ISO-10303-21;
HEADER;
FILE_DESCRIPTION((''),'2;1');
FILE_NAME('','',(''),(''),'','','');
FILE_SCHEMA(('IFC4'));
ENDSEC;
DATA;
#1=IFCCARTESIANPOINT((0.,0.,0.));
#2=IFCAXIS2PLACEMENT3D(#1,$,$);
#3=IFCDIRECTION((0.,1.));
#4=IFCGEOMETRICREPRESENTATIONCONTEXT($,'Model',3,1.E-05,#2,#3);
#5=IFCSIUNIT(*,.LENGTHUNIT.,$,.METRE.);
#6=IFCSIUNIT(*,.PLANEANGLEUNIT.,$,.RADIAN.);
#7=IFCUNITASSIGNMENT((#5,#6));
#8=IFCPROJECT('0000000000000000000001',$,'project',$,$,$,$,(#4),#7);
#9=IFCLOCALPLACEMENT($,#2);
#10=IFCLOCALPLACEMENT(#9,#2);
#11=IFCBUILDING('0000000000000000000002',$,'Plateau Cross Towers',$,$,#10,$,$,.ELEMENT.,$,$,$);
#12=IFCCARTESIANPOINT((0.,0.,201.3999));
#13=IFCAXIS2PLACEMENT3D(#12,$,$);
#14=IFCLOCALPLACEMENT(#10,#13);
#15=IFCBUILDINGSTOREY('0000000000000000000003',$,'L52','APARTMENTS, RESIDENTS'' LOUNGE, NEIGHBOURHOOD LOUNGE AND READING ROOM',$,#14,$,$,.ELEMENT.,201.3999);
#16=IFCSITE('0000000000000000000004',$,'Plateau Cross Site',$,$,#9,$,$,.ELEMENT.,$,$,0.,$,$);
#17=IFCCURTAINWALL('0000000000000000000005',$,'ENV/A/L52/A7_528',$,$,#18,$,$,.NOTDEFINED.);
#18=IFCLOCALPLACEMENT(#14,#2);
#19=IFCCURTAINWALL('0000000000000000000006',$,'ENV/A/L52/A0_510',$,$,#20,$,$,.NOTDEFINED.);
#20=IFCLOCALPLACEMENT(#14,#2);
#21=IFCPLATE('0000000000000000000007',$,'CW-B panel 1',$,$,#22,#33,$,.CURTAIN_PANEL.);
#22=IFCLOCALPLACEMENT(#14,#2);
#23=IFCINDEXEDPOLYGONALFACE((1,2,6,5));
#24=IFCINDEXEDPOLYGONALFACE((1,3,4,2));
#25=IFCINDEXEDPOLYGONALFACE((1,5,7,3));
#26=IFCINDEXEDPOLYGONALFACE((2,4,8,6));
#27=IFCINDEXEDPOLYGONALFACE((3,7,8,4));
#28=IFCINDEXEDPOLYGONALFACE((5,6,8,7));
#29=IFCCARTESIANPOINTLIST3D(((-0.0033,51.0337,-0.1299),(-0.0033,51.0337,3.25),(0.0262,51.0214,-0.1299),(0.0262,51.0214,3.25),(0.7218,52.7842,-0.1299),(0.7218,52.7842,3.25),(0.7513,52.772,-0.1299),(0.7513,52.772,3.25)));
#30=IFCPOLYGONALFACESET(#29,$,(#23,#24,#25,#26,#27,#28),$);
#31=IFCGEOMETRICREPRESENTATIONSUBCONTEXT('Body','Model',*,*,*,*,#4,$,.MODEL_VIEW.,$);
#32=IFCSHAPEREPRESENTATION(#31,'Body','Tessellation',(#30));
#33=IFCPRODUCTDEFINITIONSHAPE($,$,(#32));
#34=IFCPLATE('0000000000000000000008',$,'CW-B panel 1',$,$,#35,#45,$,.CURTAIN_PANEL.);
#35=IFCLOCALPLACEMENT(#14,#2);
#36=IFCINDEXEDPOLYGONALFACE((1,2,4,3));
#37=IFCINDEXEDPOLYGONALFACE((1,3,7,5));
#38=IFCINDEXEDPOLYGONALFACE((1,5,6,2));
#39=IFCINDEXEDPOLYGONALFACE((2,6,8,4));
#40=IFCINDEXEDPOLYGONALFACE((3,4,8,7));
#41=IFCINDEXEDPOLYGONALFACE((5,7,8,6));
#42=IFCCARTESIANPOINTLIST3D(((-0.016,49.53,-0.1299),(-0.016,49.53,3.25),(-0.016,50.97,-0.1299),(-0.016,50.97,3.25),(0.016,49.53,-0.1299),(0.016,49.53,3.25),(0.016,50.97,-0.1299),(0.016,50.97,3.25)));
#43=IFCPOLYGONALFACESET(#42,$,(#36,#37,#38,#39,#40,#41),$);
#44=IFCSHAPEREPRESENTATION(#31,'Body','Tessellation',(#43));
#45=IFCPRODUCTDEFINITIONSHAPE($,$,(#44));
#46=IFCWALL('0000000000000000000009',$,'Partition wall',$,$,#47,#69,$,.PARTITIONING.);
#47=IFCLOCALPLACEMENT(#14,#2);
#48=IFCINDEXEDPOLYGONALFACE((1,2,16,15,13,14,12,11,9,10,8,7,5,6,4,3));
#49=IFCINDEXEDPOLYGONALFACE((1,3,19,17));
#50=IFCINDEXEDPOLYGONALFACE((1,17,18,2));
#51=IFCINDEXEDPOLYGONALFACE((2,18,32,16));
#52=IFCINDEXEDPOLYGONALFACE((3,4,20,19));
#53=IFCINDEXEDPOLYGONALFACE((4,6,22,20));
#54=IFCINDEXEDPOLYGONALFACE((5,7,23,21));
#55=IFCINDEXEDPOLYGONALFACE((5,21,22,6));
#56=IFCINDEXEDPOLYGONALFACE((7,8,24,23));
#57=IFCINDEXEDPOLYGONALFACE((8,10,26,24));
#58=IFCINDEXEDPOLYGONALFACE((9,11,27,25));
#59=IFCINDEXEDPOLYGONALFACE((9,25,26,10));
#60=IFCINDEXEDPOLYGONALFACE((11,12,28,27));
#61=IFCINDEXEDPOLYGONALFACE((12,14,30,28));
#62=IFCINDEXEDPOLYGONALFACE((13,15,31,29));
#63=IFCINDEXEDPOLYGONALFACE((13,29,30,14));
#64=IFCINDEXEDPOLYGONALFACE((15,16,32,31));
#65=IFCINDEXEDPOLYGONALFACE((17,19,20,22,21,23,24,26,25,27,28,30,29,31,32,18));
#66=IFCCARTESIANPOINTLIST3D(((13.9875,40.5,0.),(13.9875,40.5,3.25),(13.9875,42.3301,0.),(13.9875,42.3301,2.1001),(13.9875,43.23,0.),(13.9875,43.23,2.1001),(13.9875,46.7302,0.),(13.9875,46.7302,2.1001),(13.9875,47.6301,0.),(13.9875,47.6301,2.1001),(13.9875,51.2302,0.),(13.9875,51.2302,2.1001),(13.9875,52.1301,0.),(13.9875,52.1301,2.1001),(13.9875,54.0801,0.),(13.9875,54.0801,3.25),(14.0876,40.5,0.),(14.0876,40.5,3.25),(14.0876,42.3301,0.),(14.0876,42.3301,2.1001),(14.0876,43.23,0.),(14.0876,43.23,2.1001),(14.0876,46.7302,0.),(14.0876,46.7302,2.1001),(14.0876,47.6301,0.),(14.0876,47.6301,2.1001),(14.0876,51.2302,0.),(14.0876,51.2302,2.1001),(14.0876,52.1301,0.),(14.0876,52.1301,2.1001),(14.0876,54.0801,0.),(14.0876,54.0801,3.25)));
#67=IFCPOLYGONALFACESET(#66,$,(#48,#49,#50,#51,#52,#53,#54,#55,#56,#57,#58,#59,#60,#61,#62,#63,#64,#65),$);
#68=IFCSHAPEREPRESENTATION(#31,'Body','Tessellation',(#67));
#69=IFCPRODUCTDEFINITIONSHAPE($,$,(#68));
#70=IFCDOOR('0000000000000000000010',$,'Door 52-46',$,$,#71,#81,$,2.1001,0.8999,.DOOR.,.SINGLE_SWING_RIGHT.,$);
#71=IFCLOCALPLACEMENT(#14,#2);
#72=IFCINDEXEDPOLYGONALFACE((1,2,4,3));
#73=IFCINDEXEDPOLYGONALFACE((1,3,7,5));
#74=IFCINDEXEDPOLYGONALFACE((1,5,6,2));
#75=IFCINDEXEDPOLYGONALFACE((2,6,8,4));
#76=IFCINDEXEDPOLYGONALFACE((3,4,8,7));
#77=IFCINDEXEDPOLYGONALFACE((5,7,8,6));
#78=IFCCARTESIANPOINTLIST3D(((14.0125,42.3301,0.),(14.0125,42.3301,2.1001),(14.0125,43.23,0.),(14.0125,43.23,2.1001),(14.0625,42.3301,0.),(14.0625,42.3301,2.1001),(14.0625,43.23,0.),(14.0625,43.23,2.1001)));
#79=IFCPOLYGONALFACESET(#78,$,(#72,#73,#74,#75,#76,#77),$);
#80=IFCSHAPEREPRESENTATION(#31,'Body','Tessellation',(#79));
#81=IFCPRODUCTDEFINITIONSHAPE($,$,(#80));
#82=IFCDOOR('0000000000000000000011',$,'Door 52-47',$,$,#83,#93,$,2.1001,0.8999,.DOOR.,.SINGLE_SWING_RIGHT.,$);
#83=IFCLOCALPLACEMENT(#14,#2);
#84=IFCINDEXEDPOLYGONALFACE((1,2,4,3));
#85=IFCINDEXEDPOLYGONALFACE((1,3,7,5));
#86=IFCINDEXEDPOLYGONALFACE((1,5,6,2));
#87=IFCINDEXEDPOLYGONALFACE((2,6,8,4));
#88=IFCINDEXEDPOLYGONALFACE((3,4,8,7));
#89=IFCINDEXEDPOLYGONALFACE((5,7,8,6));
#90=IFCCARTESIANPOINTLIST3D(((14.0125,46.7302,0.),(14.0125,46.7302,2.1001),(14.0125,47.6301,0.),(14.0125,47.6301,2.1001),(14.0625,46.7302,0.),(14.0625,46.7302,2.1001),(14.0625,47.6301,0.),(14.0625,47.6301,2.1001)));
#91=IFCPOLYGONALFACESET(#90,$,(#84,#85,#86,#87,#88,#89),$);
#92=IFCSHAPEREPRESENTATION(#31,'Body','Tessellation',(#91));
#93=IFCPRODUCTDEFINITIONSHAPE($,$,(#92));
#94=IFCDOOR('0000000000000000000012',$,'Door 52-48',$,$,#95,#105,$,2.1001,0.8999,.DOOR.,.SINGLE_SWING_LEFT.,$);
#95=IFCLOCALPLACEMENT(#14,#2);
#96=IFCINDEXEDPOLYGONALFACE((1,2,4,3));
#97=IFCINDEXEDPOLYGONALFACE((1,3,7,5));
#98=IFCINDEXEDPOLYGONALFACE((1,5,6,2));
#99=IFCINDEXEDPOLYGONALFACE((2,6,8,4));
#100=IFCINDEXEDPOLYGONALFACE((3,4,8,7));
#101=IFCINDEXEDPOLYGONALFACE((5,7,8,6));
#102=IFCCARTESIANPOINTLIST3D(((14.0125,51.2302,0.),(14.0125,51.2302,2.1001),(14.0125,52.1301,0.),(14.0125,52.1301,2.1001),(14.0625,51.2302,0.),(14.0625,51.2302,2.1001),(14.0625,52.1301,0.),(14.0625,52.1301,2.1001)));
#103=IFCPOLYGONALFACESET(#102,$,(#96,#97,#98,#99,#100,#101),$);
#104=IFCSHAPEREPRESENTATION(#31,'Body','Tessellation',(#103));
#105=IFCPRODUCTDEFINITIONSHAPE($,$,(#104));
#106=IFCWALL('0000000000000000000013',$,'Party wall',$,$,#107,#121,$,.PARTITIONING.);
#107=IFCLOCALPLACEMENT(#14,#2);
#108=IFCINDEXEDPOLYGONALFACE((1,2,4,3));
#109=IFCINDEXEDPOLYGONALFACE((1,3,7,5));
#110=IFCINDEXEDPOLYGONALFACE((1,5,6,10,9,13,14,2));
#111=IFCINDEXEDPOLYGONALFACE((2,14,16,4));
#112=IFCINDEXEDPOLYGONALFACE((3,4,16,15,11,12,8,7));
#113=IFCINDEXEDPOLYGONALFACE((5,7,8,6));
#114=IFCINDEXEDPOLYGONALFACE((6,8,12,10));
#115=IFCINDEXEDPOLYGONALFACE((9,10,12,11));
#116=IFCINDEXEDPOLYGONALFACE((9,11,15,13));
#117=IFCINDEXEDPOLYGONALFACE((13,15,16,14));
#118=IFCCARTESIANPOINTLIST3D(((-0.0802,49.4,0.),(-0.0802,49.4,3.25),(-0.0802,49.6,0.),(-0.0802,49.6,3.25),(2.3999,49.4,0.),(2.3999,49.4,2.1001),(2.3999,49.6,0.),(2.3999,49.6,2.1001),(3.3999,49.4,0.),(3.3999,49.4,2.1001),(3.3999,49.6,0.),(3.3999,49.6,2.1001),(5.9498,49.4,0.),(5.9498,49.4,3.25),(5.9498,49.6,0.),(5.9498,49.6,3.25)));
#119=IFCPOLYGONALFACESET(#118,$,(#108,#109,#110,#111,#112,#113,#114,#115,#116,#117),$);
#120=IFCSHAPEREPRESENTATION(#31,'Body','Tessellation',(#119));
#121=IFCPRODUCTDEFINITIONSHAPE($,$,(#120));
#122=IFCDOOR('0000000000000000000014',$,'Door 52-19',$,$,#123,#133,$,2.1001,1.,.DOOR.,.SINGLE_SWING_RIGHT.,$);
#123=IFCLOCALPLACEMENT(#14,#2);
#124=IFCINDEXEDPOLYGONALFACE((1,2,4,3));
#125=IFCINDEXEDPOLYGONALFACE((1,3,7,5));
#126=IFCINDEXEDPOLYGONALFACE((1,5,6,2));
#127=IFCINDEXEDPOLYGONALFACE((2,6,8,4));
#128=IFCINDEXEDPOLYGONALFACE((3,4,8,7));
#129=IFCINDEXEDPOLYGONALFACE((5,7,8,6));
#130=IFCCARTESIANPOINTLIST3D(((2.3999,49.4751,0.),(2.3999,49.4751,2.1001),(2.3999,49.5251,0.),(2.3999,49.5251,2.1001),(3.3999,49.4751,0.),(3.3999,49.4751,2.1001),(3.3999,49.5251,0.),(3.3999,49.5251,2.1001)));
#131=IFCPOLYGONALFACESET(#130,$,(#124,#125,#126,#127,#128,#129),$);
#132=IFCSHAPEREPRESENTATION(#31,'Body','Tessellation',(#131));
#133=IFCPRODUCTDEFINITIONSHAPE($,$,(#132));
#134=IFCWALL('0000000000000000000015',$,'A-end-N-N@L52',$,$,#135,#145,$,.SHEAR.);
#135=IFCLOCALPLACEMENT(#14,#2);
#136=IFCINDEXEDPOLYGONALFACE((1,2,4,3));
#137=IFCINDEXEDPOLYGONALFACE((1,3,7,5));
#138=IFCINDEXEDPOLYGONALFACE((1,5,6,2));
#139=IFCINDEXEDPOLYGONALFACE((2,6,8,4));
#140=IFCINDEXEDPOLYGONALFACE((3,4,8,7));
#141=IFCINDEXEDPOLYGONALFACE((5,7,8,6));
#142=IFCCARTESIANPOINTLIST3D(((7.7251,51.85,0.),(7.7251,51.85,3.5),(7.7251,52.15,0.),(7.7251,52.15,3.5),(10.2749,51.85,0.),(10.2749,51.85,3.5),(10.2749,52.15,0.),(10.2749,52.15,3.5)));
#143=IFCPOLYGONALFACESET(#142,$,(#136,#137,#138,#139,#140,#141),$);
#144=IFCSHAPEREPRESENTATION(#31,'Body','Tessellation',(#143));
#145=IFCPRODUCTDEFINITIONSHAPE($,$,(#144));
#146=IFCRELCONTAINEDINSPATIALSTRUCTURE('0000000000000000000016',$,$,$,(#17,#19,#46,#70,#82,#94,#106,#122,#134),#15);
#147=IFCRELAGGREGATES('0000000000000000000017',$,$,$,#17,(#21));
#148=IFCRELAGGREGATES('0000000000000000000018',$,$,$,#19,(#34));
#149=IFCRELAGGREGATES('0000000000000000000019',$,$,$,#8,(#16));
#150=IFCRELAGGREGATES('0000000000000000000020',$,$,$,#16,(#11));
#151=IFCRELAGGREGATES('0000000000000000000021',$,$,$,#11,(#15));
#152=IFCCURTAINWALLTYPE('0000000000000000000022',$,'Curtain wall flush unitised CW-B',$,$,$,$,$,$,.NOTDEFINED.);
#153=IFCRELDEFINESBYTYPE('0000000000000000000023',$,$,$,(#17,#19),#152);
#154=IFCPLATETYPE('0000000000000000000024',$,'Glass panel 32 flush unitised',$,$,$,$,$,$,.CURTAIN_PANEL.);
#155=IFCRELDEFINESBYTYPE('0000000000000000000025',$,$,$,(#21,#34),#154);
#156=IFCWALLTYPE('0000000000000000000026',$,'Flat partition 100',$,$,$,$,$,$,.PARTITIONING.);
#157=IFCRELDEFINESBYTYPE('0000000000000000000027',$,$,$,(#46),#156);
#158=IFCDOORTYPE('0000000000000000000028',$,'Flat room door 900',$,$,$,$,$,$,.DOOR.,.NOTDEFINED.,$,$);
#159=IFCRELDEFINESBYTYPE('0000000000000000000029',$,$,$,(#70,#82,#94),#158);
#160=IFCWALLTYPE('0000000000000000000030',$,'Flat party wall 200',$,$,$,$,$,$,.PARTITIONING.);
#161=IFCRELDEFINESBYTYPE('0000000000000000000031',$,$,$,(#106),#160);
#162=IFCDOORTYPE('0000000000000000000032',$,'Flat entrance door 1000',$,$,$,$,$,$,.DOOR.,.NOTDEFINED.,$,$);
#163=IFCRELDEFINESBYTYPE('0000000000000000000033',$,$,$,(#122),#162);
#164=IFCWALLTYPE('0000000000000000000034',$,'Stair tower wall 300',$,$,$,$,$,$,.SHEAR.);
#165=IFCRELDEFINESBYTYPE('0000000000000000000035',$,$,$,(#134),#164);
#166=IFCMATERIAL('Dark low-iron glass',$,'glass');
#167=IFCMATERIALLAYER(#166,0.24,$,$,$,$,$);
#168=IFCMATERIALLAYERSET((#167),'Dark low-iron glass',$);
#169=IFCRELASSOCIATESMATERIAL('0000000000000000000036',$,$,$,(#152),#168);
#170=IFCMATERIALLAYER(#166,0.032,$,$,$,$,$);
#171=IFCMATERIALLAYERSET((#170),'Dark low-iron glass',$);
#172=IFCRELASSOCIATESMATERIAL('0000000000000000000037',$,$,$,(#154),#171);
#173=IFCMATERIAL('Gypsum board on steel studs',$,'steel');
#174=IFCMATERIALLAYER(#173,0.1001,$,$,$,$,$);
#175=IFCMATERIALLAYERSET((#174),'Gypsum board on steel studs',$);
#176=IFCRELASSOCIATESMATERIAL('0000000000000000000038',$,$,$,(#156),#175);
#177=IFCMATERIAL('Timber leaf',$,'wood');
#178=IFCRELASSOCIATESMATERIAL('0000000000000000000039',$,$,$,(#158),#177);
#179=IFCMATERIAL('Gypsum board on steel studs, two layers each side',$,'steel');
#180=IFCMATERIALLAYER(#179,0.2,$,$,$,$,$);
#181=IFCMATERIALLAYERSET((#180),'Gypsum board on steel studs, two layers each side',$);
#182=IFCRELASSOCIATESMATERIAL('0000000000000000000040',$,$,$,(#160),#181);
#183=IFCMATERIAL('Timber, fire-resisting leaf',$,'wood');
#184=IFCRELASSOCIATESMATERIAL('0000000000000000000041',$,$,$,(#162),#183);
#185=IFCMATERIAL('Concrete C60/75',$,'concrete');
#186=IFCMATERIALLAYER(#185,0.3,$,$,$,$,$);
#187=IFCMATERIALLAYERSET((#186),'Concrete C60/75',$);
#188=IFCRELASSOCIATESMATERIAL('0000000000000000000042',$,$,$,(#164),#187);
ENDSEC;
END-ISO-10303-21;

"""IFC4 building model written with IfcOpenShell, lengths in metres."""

from ifc_helpers import new_model, si_unit, direction, frame, frame_2d, origin, origin_2d, place, context, subcontext, project, spatial, rectangle, extrude, material, layer, layer_set, type_object, element, fill, aggregate, save


model = new_model("IFC4")

# Units and contexts
model_context = context("Model", 3, precision=1e-05, world=origin(), true_north=direction((0.0, 1.0)))
body_context = subcontext(model_context, "Body", "Model", "MODEL_VIEW")
ifc_project = project(units=[si_unit("LENGTHUNIT", "METRE"), si_unit("PLANEANGLEUNIT", "RADIAN")], contexts=[model_context])

# Site, building, storey
site_placement = place(None, origin())
site = spatial("IfcSite", under=ifc_project, at=site_placement, Name="Plateau Cross Site", CompositionType="ELEMENT", RefElevation=0.0)
building_placement = place(site_placement, origin())
building = spatial("IfcBuilding", under=site, at=building_placement, Name="Plateau Cross Towers", CompositionType="ELEMENT")
storey_placement = place(building_placement, frame((0.0, 0.0, 201.3999)))
storey = spatial("IfcBuildingStorey", under=building, at=storey_placement, Name="L52", Description="APARTMENTS, RESIDENTS' LOUNGE, NEIGHBOURHOOD LOUNGE AND READING ROOM", CompositionType="ELEMENT", Elevation=201.3999)

# Shared definitions
ifc_material_1 = material(Name="Concrete C60/75", Category="concrete")

# Shared definitions
ifc_material_2 = material(Name="Dark low-iron glass", Category="glass")
ifc_layer_1 = layer(ifc_material_2, 0.24)
ifc_layer_set_1 = layer_set([ifc_layer_1], Name="Dark low-iron glass")
curtain_wall_type = type_object("IfcCurtainWallType", Name="Curtain wall flush unitised CW-B", PredefinedType="NOTDEFINED", material=ifc_layer_set_1)

# Curtain wall
curtain_wall_1_placement = place(storey_placement, origin())
curtain_wall_1 = element("IfcCurtainWall", 1, at=curtain_wall_1_placement, inside=storey, type_object=curtain_wall_type, Name="ENV/A/L52/A7_528", PredefinedType="NOTDEFINED")

# Curtain wall
curtain_wall_2_placement = place(storey_placement, origin())
curtain_wall_2 = element("IfcCurtainWall", 2, at=curtain_wall_2_placement, inside=storey, type_object=curtain_wall_type, Name="ENV/A/L52/A0_510", PredefinedType="NOTDEFINED")

# Plates
ifc_layer_2 = layer(ifc_material_2, 0.032)
ifc_layer_set_2 = layer_set([ifc_layer_2], Name="Dark low-iron glass")
plate_type = type_object("IfcPlateType", Name="Glass panel 32 flush unitised", PredefinedType="CURTAIN_PANEL", material=ifc_layer_set_2)
plate_1_placement = place(storey_placement, frame((0.374, 51.9028, -0.1299), z_axis=(0.0, 0.0, 1.0), x_axis=(-0.382684, -0.923879, 0.0)))
plate_1 = element("IfcPlate", 3, at=plate_1_placement, type_object=plate_type, Name="CW-B panel 1", PredefinedType="CURTAIN_PANEL", context=body_context, shape_type="SweptSolid", body=[
    extrude(rectangle(XDim=1.8948, YDim=0.032, at=origin_2d()), origin(), (0.0, 0.0, 1.0), 3.3799),
])
aggregate(curtain_wall_1, [plate_1])
plate_2_placement = place(storey_placement, frame((0.0, 50.25, -0.1299), z_axis=(0.0, 0.0, 1.0), x_axis=(0.0, -1.0, 0.0)))
plate_2 = element("IfcPlate", 4, at=plate_2_placement, type_object=plate_type, Name="CW-B panel 1", PredefinedType="CURTAIN_PANEL", context=body_context, shape_type="SweptSolid", body=[
    extrude(rectangle(XDim=1.4399, YDim=0.032, at=origin_2d()), origin(), (0.0, 0.0, 1.0), 3.3799),
])
aggregate(curtain_wall_2, [plate_2])

# Wall, openings, doors
ifc_material_3 = material(Name="Gypsum board on steel studs", Category="steel")
ifc_layer_3 = layer(ifc_material_3, 0.1001)
ifc_layer_set_3 = layer_set([ifc_layer_3], Name="Gypsum board on steel studs")
wall_type_1 = type_object("IfcWallType", Name="Flat partition 100", PredefinedType="PARTITIONING", material=ifc_layer_set_3)
wall_1_placement = place(storey_placement, frame((14.0376, 54.0801, 0.0), z_axis=(0.0, 0.0, 1.0), x_axis=(0.0, -1.0, 0.0)))
wall_1 = element("IfcWall", 5, at=wall_1_placement, inside=storey, type_object=wall_type_1, Name="Partition wall", PredefinedType="PARTITIONING", context=body_context, shape_type="SweptSolid", body=[
    extrude(rectangle(XDim=13.5801, YDim=0.1001, at=frame_2d((6.79, 0.0))), origin(), (0.0, 0.0, 1.0), 3.25),
])
opening_1_placement = place(wall_1_placement, frame((10.8501, 0.0, 0.0)))
opening_1 = element("IfcOpeningElement", 6, at=opening_1_placement, cuts=wall_1, PredefinedType="OPENING", context=body_context, shape_type="SweptSolid", body=[
    extrude(rectangle(XDim=0.8999, YDim=2.1001, at=frame_2d((0.45, 1.05))), frame((0.0, 0.0601, 0.0), z_axis=(0.0, -1.0, 0.0), x_axis=(1.0, 0.0, 0.0)), (0.0, 0.0, 1.0), 0.1201),
])
opening_2_placement = place(wall_1_placement, frame((6.45, 0.0, 0.0)))
opening_2 = element("IfcOpeningElement", 7, at=opening_2_placement, cuts=wall_1, PredefinedType="OPENING", context=body_context, shape_type="SweptSolid", body=[
    extrude(rectangle(XDim=0.8999, YDim=2.1001, at=frame_2d((0.45, 1.05))), frame((0.0, 0.0601, 0.0), z_axis=(0.0, -1.0, 0.0), x_axis=(1.0, 0.0, 0.0)), (0.0, 0.0, 1.0), 0.1201),
])
opening_3_placement = place(wall_1_placement, frame((1.95, 0.0, 0.0)))
opening_3 = element("IfcOpeningElement", 8, at=opening_3_placement, cuts=wall_1, PredefinedType="OPENING", context=body_context, shape_type="SweptSolid", body=[
    extrude(rectangle(XDim=0.8999, YDim=2.1001, at=frame_2d((0.45, 1.05))), frame((0.0, 0.0601, 0.0), z_axis=(0.0, -1.0, 0.0), x_axis=(1.0, 0.0, 0.0)), (0.0, 0.0, 1.0), 0.1201),
])
ifc_material_4 = material(Name="Timber leaf", Category="wood")
door_type_1 = type_object("IfcDoorType", Name="Flat room door 900", OperationType="NOTDEFINED", PredefinedType="DOOR", material=ifc_material_4)
door_1_placement = place(opening_1_placement, origin())
door_1 = element("IfcDoor", 9, at=door_1_placement, inside=storey, type_object=door_type_1, Name="Door 52-46", OperationType="SINGLE_SWING_RIGHT", OverallHeight=2.1001, OverallWidth=0.8999, PredefinedType="DOOR", context=body_context, shape_type="SweptSolid", body=[
    extrude(rectangle(XDim=0.8999, YDim=2.1001, at=frame_2d((0.45, 1.05))), frame((0.0, 0.0249, 0.0), z_axis=(0.0, -1.0, 0.0), x_axis=(1.0, 0.0, 0.0)), (0.0, 0.0, 1.0), 0.05),
])
fill(opening_1, door_1)
door_2_placement = place(opening_2_placement, origin())
door_2 = element("IfcDoor", 10, at=door_2_placement, inside=storey, type_object=door_type_1, Name="Door 52-47", OperationType="SINGLE_SWING_RIGHT", OverallHeight=2.1001, OverallWidth=0.8999, PredefinedType="DOOR", context=body_context, shape_type="SweptSolid", body=[
    extrude(rectangle(XDim=0.8999, YDim=2.1001, at=frame_2d((0.45, 1.05))), frame((0.0, 0.0249, 0.0), z_axis=(0.0, -1.0, 0.0), x_axis=(1.0, 0.0, 0.0)), (0.0, 0.0, 1.0), 0.05),
])
fill(opening_2, door_2)
door_3_placement = place(opening_3_placement, origin())
door_3 = element("IfcDoor", 11, at=door_3_placement, inside=storey, type_object=door_type_1, Name="Door 52-48", OperationType="SINGLE_SWING_LEFT", OverallHeight=2.1001, OverallWidth=0.8999, PredefinedType="DOOR", context=body_context, shape_type="SweptSolid", body=[
    extrude(rectangle(XDim=0.8999, YDim=2.1001, at=frame_2d((0.45, 1.05))), frame((0.0, 0.0249, 0.0), z_axis=(0.0, -1.0, 0.0), x_axis=(1.0, 0.0, 0.0)), (0.0, 0.0, 1.0), 0.05),
])
fill(opening_3, door_3)

# Wall, opening, door
ifc_material_5 = material(Name="Gypsum board on steel studs, two layers each side", Category="steel")
ifc_layer_4 = layer(ifc_material_5, 0.2)
ifc_layer_set_4 = layer_set([ifc_layer_4], Name="Gypsum board on steel studs, two layers each side")
wall_type_2 = type_object("IfcWallType", Name="Flat party wall 200", PredefinedType="PARTITIONING", material=ifc_layer_set_4)
wall_2_placement = place(storey_placement, frame((5.95, 49.5, 0.0), z_axis=(0.0, 0.0, 1.0), x_axis=(-1.0, 0.0, 0.0)))
wall_2 = element("IfcWall", 12, at=wall_2_placement, inside=storey, type_object=wall_type_2, Name="Party wall", PredefinedType="PARTITIONING", context=body_context, shape_type="SweptSolid", body=[
    extrude(rectangle(XDim=6.03, YDim=0.2, at=frame_2d((3.0151, 0.0))), origin(), (0.0, 0.0, 1.0), 3.25),
])
opening_4_placement = place(wall_2_placement, frame((2.55, 0.0, 0.0)))
opening_4 = element("IfcOpeningElement", 13, at=opening_4_placement, cuts=wall_2, PredefinedType="OPENING", context=body_context, shape_type="SweptSolid", body=[
    extrude(rectangle(XDim=1.0, YDim=2.1001, at=frame_2d((0.5, 1.05))), frame((0.0, 0.1099, 0.0), z_axis=(0.0, -1.0, 0.0), x_axis=(1.0, 0.0, 0.0)), (0.0, 0.0, 1.0), 0.22),
])
ifc_material_6 = material(Name="Timber, fire-resisting leaf", Category="wood")
door_type_2 = type_object("IfcDoorType", Name="Flat entrance door 1000", OperationType="NOTDEFINED", PredefinedType="DOOR", material=ifc_material_6)
door_4_placement = place(opening_4_placement, origin())
door_4 = element("IfcDoor", 14, at=door_4_placement, inside=storey, type_object=door_type_2, Name="Door 52-19", OperationType="SINGLE_SWING_RIGHT", OverallHeight=2.1001, OverallWidth=1.0, PredefinedType="DOOR", context=body_context, shape_type="SweptSolid", body=[
    extrude(rectangle(XDim=1.0, YDim=2.1001, at=frame_2d((0.5, 1.05))), frame((0.0, 0.0249, 0.0), z_axis=(0.0, -1.0, 0.0), x_axis=(1.0, 0.0, 0.0)), (0.0, 0.0, 1.0), 0.05),
])
fill(opening_4, door_4)

# Wall
ifc_layer_5 = layer(ifc_material_1, 0.3)
ifc_layer_set_5 = layer_set([ifc_layer_5], Name="Concrete C60/75")
wall_type_3 = type_object("IfcWallType", Name="Stair tower wall 300", PredefinedType="SHEAR", material=ifc_layer_set_5)
wall_3_placement = place(storey_placement, frame((7.7251, 52.0, 0.0), z_axis=(0.0, 0.0, 1.0), x_axis=(1.0, 0.0, 0.0)))
element("IfcWall", 15, at=wall_3_placement, inside=storey, type_object=wall_type_3, Name="A-end-N-N@L52", PredefinedType="SHEAR", context=body_context, shape_type="SweptSolid", body=[
    extrude(rectangle(XDim=2.5498, YDim=0.3, at=frame_2d((1.2749, 0.0))), origin(), (0.0, 0.0, 1.0), 3.5),
])

save(model, "model.ifc")
